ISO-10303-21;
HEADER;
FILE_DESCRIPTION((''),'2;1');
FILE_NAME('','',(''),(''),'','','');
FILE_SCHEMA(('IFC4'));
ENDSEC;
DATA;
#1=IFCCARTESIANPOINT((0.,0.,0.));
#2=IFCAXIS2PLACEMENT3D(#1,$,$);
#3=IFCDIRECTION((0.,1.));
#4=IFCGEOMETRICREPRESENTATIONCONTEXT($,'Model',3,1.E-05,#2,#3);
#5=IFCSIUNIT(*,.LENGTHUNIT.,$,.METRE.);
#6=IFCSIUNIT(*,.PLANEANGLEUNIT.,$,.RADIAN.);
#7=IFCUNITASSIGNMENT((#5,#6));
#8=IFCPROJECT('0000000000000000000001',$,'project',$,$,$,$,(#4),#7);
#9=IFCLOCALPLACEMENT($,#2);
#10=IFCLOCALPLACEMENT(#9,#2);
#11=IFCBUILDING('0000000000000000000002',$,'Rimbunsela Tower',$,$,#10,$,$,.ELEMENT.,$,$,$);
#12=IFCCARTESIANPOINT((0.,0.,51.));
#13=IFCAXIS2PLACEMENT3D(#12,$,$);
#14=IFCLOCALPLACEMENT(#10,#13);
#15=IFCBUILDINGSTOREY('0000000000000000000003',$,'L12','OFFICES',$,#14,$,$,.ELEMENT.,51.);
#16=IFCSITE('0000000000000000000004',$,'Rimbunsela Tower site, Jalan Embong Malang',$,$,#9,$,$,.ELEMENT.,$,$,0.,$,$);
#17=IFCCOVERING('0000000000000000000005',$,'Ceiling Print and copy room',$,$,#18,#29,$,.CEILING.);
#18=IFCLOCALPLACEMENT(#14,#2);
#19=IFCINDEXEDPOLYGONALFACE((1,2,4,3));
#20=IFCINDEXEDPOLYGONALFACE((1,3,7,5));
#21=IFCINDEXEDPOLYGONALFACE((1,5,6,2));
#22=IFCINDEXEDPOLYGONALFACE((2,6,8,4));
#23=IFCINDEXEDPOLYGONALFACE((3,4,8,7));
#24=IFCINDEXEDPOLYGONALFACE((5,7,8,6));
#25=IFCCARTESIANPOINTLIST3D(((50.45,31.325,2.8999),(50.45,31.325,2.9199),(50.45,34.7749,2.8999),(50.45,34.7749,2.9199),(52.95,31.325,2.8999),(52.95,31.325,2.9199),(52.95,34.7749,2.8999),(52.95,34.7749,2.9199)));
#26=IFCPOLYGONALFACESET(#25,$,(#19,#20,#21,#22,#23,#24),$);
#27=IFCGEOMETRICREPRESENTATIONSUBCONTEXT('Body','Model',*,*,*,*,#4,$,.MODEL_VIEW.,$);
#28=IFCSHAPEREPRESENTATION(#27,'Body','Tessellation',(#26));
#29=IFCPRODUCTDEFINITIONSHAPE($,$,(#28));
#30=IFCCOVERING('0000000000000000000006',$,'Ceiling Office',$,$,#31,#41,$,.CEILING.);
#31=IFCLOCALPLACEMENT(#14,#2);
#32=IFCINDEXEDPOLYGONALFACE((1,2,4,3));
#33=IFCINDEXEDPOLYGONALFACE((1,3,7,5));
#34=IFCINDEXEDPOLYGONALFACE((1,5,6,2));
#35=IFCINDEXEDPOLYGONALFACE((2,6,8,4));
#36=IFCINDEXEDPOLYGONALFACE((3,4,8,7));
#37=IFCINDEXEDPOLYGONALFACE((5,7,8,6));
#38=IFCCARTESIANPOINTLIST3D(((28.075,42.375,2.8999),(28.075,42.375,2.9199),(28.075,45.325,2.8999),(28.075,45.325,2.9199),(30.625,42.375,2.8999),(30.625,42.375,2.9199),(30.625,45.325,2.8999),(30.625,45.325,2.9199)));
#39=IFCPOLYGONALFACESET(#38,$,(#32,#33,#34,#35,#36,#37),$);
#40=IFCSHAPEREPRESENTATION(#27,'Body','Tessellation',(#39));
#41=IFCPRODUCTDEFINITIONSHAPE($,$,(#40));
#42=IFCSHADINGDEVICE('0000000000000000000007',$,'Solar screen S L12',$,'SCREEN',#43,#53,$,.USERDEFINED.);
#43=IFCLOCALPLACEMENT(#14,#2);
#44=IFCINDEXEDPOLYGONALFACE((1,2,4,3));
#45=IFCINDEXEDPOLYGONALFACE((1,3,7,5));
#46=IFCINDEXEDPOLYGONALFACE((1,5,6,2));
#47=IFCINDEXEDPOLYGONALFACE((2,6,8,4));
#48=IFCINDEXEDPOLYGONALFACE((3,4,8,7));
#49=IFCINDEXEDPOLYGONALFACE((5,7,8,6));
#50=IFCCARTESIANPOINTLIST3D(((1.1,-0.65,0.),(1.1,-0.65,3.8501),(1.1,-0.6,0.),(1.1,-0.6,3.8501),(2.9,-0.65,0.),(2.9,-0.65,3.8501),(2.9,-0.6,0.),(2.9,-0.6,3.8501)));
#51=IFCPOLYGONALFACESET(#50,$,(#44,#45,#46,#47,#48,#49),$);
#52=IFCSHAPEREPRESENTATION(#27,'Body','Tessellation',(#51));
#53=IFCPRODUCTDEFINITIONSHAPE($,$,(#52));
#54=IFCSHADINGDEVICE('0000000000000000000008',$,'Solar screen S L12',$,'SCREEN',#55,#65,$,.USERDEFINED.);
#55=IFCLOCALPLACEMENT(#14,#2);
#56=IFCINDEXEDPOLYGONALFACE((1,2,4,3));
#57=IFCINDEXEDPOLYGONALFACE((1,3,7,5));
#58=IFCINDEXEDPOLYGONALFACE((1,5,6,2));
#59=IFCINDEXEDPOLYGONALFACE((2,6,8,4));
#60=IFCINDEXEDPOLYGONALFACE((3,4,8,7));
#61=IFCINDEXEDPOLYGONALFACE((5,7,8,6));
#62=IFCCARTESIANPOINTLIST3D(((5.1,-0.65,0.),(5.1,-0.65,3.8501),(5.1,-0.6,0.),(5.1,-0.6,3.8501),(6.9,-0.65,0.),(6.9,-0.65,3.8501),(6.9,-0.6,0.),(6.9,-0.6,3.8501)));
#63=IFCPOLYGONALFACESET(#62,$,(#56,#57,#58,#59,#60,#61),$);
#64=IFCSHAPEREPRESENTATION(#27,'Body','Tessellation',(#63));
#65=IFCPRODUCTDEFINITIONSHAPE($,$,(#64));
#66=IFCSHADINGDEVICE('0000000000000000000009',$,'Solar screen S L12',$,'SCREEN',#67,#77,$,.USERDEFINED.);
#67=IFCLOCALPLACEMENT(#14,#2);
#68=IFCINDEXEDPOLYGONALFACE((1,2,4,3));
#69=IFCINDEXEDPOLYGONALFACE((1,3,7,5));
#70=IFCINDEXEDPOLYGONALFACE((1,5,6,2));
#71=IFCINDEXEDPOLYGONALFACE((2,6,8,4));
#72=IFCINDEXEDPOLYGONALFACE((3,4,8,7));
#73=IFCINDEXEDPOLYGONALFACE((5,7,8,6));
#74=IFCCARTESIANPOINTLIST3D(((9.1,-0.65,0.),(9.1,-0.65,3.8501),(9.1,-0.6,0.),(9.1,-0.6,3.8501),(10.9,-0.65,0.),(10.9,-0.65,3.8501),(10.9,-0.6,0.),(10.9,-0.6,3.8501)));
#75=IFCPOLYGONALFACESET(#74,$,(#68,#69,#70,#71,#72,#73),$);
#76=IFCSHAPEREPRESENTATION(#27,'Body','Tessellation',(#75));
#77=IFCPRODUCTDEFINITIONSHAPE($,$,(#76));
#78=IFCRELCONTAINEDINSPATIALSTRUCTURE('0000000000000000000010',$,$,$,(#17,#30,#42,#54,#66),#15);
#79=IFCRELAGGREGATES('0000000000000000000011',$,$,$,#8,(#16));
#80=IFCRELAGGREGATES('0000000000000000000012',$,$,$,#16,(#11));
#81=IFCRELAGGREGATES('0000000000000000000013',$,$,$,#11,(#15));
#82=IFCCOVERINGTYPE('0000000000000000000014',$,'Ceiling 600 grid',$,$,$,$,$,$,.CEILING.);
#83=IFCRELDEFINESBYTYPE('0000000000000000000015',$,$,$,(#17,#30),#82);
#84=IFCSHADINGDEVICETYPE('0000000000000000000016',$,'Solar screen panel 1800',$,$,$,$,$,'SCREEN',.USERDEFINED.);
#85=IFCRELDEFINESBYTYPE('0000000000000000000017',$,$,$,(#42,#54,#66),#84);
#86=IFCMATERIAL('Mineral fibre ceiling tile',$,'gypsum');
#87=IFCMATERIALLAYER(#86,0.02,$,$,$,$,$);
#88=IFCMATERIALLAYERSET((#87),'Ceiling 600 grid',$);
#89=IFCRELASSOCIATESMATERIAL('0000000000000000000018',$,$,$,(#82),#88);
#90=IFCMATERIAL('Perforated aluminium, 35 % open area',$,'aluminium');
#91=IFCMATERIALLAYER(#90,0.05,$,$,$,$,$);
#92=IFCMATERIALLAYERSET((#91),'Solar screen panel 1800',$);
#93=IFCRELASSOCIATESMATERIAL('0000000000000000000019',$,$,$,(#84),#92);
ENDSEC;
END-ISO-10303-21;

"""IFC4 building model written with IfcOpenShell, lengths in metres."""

from ifc_helpers import new_model, si_unit, direction, frame, origin, origin_2d, place, context, subcontext, project, spatial, polyline, rectangle, outline, extrude, material, layer, layer_set, type_object, element, save


model = new_model("IFC4")

# Units and contexts
model_context = context("Model", 3, precision=1e-05, world=origin(), true_north=direction((0.0, 1.0)))
body_context = subcontext(model_context, "Body", "Model", "MODEL_VIEW")
ifc_project = project(units=[si_unit("LENGTHUNIT", "METRE"), si_unit("PLANEANGLEUNIT", "RADIAN")], contexts=[model_context])

# Site, building, storey
site_placement = place(None, origin())
site = spatial("IfcSite", under=ifc_project, at=site_placement, Name="Rimbunsela Tower site, Jalan Embong Malang", CompositionType="ELEMENT", RefElevation=0.0)
building_placement = place(site_placement, origin())
building = spatial("IfcBuilding", under=site, at=building_placement, Name="Rimbunsela Tower", CompositionType="ELEMENT")
storey_placement = place(building_placement, frame((0.0, 0.0, 51.0)))
storey = spatial("IfcBuildingStorey", under=building, at=storey_placement, Name="L12", Description="OFFICES", CompositionType="ELEMENT", Elevation=51.0)

# Coverings
ifc_material_1 = material(Name="Mineral fibre ceiling tile", Category="gypsum")
ifc_layer_1 = layer(ifc_material_1, 0.02)
ifc_layer_set_1 = layer_set([ifc_layer_1], Name="Ceiling 600 grid")
covering_type_1 = type_object("IfcCoveringType", Name="Ceiling 600 grid", PredefinedType="CEILING", material=ifc_layer_set_1)
covering_1_placement = place(storey_placement, frame((0.0, 0.0, 2.8999)))
element("IfcCovering", 1, at=covering_1_placement, inside=storey, type_object=covering_type_1, Name="Ceiling Print and copy room", PredefinedType="CEILING", context=body_context, shape_type="SweptSolid", body=[
    extrude(outline(polyline([(52.95, 31.325), (52.95, 34.7749), (50.45, 34.7749), (50.45, 31.325), (52.95, 31.325)])), origin(), (0.0, 0.0, 1.0), 0.02),
])
covering_2_placement = place(storey_placement, frame((0.0, 0.0, 2.8999)))
element("IfcCovering", 2, at=covering_2_placement, inside=storey, type_object=covering_type_1, Name="Ceiling Office", PredefinedType="CEILING", context=body_context, shape_type="SweptSolid", body=[
    extrude(outline(polyline([(30.625, 42.375), (30.625, 45.325), (28.075, 45.325), (28.075, 42.375), (30.625, 42.375)])), origin(), (0.0, 0.0, 1.0), 0.02),
])

# Shading devices
ifc_material_2 = material(Name="Perforated aluminium, 35 % open area", Category="aluminium")
ifc_layer_2 = layer(ifc_material_2, 0.05)
ifc_layer_set_2 = layer_set([ifc_layer_2], Name="Solar screen panel 1800")
shading_device_type = type_object("IfcShadingDeviceType", Name="Solar screen panel 1800", ElementType="SCREEN", PredefinedType="USERDEFINED", material=ifc_layer_set_2)
for number, where, z_axis, x_axis, name in (
    (3, (2.0, -0.625, 0.0), (0.0, 0.0, 1.0), (1.0, 0.0, 0.0), "Solar screen S L12"),
    (4, (6.0, -0.625, 0.0), (0.0, 0.0, 1.0), (1.0, 0.0, 0.0), "Solar screen S L12"),
    (5, (10.0, -0.625, 0.0), (0.0, 0.0, 1.0), (1.0, 0.0, 0.0), "Solar screen S L12"),
):
    element("IfcShadingDevice", number, at=place(storey_placement, frame(where, z_axis=z_axis, x_axis=x_axis)), inside=storey, type_object=shading_device_type, Name=name, ObjectType="SCREEN", PredefinedType="USERDEFINED", context=body_context, shape_type="SweptSolid", body=[
        extrude(rectangle(XDim=1.8, YDim=0.05, at=origin_2d()), origin(), (0.0, 0.0, 1.0), 3.8501),
    ])

save(model, "model.ifc")
